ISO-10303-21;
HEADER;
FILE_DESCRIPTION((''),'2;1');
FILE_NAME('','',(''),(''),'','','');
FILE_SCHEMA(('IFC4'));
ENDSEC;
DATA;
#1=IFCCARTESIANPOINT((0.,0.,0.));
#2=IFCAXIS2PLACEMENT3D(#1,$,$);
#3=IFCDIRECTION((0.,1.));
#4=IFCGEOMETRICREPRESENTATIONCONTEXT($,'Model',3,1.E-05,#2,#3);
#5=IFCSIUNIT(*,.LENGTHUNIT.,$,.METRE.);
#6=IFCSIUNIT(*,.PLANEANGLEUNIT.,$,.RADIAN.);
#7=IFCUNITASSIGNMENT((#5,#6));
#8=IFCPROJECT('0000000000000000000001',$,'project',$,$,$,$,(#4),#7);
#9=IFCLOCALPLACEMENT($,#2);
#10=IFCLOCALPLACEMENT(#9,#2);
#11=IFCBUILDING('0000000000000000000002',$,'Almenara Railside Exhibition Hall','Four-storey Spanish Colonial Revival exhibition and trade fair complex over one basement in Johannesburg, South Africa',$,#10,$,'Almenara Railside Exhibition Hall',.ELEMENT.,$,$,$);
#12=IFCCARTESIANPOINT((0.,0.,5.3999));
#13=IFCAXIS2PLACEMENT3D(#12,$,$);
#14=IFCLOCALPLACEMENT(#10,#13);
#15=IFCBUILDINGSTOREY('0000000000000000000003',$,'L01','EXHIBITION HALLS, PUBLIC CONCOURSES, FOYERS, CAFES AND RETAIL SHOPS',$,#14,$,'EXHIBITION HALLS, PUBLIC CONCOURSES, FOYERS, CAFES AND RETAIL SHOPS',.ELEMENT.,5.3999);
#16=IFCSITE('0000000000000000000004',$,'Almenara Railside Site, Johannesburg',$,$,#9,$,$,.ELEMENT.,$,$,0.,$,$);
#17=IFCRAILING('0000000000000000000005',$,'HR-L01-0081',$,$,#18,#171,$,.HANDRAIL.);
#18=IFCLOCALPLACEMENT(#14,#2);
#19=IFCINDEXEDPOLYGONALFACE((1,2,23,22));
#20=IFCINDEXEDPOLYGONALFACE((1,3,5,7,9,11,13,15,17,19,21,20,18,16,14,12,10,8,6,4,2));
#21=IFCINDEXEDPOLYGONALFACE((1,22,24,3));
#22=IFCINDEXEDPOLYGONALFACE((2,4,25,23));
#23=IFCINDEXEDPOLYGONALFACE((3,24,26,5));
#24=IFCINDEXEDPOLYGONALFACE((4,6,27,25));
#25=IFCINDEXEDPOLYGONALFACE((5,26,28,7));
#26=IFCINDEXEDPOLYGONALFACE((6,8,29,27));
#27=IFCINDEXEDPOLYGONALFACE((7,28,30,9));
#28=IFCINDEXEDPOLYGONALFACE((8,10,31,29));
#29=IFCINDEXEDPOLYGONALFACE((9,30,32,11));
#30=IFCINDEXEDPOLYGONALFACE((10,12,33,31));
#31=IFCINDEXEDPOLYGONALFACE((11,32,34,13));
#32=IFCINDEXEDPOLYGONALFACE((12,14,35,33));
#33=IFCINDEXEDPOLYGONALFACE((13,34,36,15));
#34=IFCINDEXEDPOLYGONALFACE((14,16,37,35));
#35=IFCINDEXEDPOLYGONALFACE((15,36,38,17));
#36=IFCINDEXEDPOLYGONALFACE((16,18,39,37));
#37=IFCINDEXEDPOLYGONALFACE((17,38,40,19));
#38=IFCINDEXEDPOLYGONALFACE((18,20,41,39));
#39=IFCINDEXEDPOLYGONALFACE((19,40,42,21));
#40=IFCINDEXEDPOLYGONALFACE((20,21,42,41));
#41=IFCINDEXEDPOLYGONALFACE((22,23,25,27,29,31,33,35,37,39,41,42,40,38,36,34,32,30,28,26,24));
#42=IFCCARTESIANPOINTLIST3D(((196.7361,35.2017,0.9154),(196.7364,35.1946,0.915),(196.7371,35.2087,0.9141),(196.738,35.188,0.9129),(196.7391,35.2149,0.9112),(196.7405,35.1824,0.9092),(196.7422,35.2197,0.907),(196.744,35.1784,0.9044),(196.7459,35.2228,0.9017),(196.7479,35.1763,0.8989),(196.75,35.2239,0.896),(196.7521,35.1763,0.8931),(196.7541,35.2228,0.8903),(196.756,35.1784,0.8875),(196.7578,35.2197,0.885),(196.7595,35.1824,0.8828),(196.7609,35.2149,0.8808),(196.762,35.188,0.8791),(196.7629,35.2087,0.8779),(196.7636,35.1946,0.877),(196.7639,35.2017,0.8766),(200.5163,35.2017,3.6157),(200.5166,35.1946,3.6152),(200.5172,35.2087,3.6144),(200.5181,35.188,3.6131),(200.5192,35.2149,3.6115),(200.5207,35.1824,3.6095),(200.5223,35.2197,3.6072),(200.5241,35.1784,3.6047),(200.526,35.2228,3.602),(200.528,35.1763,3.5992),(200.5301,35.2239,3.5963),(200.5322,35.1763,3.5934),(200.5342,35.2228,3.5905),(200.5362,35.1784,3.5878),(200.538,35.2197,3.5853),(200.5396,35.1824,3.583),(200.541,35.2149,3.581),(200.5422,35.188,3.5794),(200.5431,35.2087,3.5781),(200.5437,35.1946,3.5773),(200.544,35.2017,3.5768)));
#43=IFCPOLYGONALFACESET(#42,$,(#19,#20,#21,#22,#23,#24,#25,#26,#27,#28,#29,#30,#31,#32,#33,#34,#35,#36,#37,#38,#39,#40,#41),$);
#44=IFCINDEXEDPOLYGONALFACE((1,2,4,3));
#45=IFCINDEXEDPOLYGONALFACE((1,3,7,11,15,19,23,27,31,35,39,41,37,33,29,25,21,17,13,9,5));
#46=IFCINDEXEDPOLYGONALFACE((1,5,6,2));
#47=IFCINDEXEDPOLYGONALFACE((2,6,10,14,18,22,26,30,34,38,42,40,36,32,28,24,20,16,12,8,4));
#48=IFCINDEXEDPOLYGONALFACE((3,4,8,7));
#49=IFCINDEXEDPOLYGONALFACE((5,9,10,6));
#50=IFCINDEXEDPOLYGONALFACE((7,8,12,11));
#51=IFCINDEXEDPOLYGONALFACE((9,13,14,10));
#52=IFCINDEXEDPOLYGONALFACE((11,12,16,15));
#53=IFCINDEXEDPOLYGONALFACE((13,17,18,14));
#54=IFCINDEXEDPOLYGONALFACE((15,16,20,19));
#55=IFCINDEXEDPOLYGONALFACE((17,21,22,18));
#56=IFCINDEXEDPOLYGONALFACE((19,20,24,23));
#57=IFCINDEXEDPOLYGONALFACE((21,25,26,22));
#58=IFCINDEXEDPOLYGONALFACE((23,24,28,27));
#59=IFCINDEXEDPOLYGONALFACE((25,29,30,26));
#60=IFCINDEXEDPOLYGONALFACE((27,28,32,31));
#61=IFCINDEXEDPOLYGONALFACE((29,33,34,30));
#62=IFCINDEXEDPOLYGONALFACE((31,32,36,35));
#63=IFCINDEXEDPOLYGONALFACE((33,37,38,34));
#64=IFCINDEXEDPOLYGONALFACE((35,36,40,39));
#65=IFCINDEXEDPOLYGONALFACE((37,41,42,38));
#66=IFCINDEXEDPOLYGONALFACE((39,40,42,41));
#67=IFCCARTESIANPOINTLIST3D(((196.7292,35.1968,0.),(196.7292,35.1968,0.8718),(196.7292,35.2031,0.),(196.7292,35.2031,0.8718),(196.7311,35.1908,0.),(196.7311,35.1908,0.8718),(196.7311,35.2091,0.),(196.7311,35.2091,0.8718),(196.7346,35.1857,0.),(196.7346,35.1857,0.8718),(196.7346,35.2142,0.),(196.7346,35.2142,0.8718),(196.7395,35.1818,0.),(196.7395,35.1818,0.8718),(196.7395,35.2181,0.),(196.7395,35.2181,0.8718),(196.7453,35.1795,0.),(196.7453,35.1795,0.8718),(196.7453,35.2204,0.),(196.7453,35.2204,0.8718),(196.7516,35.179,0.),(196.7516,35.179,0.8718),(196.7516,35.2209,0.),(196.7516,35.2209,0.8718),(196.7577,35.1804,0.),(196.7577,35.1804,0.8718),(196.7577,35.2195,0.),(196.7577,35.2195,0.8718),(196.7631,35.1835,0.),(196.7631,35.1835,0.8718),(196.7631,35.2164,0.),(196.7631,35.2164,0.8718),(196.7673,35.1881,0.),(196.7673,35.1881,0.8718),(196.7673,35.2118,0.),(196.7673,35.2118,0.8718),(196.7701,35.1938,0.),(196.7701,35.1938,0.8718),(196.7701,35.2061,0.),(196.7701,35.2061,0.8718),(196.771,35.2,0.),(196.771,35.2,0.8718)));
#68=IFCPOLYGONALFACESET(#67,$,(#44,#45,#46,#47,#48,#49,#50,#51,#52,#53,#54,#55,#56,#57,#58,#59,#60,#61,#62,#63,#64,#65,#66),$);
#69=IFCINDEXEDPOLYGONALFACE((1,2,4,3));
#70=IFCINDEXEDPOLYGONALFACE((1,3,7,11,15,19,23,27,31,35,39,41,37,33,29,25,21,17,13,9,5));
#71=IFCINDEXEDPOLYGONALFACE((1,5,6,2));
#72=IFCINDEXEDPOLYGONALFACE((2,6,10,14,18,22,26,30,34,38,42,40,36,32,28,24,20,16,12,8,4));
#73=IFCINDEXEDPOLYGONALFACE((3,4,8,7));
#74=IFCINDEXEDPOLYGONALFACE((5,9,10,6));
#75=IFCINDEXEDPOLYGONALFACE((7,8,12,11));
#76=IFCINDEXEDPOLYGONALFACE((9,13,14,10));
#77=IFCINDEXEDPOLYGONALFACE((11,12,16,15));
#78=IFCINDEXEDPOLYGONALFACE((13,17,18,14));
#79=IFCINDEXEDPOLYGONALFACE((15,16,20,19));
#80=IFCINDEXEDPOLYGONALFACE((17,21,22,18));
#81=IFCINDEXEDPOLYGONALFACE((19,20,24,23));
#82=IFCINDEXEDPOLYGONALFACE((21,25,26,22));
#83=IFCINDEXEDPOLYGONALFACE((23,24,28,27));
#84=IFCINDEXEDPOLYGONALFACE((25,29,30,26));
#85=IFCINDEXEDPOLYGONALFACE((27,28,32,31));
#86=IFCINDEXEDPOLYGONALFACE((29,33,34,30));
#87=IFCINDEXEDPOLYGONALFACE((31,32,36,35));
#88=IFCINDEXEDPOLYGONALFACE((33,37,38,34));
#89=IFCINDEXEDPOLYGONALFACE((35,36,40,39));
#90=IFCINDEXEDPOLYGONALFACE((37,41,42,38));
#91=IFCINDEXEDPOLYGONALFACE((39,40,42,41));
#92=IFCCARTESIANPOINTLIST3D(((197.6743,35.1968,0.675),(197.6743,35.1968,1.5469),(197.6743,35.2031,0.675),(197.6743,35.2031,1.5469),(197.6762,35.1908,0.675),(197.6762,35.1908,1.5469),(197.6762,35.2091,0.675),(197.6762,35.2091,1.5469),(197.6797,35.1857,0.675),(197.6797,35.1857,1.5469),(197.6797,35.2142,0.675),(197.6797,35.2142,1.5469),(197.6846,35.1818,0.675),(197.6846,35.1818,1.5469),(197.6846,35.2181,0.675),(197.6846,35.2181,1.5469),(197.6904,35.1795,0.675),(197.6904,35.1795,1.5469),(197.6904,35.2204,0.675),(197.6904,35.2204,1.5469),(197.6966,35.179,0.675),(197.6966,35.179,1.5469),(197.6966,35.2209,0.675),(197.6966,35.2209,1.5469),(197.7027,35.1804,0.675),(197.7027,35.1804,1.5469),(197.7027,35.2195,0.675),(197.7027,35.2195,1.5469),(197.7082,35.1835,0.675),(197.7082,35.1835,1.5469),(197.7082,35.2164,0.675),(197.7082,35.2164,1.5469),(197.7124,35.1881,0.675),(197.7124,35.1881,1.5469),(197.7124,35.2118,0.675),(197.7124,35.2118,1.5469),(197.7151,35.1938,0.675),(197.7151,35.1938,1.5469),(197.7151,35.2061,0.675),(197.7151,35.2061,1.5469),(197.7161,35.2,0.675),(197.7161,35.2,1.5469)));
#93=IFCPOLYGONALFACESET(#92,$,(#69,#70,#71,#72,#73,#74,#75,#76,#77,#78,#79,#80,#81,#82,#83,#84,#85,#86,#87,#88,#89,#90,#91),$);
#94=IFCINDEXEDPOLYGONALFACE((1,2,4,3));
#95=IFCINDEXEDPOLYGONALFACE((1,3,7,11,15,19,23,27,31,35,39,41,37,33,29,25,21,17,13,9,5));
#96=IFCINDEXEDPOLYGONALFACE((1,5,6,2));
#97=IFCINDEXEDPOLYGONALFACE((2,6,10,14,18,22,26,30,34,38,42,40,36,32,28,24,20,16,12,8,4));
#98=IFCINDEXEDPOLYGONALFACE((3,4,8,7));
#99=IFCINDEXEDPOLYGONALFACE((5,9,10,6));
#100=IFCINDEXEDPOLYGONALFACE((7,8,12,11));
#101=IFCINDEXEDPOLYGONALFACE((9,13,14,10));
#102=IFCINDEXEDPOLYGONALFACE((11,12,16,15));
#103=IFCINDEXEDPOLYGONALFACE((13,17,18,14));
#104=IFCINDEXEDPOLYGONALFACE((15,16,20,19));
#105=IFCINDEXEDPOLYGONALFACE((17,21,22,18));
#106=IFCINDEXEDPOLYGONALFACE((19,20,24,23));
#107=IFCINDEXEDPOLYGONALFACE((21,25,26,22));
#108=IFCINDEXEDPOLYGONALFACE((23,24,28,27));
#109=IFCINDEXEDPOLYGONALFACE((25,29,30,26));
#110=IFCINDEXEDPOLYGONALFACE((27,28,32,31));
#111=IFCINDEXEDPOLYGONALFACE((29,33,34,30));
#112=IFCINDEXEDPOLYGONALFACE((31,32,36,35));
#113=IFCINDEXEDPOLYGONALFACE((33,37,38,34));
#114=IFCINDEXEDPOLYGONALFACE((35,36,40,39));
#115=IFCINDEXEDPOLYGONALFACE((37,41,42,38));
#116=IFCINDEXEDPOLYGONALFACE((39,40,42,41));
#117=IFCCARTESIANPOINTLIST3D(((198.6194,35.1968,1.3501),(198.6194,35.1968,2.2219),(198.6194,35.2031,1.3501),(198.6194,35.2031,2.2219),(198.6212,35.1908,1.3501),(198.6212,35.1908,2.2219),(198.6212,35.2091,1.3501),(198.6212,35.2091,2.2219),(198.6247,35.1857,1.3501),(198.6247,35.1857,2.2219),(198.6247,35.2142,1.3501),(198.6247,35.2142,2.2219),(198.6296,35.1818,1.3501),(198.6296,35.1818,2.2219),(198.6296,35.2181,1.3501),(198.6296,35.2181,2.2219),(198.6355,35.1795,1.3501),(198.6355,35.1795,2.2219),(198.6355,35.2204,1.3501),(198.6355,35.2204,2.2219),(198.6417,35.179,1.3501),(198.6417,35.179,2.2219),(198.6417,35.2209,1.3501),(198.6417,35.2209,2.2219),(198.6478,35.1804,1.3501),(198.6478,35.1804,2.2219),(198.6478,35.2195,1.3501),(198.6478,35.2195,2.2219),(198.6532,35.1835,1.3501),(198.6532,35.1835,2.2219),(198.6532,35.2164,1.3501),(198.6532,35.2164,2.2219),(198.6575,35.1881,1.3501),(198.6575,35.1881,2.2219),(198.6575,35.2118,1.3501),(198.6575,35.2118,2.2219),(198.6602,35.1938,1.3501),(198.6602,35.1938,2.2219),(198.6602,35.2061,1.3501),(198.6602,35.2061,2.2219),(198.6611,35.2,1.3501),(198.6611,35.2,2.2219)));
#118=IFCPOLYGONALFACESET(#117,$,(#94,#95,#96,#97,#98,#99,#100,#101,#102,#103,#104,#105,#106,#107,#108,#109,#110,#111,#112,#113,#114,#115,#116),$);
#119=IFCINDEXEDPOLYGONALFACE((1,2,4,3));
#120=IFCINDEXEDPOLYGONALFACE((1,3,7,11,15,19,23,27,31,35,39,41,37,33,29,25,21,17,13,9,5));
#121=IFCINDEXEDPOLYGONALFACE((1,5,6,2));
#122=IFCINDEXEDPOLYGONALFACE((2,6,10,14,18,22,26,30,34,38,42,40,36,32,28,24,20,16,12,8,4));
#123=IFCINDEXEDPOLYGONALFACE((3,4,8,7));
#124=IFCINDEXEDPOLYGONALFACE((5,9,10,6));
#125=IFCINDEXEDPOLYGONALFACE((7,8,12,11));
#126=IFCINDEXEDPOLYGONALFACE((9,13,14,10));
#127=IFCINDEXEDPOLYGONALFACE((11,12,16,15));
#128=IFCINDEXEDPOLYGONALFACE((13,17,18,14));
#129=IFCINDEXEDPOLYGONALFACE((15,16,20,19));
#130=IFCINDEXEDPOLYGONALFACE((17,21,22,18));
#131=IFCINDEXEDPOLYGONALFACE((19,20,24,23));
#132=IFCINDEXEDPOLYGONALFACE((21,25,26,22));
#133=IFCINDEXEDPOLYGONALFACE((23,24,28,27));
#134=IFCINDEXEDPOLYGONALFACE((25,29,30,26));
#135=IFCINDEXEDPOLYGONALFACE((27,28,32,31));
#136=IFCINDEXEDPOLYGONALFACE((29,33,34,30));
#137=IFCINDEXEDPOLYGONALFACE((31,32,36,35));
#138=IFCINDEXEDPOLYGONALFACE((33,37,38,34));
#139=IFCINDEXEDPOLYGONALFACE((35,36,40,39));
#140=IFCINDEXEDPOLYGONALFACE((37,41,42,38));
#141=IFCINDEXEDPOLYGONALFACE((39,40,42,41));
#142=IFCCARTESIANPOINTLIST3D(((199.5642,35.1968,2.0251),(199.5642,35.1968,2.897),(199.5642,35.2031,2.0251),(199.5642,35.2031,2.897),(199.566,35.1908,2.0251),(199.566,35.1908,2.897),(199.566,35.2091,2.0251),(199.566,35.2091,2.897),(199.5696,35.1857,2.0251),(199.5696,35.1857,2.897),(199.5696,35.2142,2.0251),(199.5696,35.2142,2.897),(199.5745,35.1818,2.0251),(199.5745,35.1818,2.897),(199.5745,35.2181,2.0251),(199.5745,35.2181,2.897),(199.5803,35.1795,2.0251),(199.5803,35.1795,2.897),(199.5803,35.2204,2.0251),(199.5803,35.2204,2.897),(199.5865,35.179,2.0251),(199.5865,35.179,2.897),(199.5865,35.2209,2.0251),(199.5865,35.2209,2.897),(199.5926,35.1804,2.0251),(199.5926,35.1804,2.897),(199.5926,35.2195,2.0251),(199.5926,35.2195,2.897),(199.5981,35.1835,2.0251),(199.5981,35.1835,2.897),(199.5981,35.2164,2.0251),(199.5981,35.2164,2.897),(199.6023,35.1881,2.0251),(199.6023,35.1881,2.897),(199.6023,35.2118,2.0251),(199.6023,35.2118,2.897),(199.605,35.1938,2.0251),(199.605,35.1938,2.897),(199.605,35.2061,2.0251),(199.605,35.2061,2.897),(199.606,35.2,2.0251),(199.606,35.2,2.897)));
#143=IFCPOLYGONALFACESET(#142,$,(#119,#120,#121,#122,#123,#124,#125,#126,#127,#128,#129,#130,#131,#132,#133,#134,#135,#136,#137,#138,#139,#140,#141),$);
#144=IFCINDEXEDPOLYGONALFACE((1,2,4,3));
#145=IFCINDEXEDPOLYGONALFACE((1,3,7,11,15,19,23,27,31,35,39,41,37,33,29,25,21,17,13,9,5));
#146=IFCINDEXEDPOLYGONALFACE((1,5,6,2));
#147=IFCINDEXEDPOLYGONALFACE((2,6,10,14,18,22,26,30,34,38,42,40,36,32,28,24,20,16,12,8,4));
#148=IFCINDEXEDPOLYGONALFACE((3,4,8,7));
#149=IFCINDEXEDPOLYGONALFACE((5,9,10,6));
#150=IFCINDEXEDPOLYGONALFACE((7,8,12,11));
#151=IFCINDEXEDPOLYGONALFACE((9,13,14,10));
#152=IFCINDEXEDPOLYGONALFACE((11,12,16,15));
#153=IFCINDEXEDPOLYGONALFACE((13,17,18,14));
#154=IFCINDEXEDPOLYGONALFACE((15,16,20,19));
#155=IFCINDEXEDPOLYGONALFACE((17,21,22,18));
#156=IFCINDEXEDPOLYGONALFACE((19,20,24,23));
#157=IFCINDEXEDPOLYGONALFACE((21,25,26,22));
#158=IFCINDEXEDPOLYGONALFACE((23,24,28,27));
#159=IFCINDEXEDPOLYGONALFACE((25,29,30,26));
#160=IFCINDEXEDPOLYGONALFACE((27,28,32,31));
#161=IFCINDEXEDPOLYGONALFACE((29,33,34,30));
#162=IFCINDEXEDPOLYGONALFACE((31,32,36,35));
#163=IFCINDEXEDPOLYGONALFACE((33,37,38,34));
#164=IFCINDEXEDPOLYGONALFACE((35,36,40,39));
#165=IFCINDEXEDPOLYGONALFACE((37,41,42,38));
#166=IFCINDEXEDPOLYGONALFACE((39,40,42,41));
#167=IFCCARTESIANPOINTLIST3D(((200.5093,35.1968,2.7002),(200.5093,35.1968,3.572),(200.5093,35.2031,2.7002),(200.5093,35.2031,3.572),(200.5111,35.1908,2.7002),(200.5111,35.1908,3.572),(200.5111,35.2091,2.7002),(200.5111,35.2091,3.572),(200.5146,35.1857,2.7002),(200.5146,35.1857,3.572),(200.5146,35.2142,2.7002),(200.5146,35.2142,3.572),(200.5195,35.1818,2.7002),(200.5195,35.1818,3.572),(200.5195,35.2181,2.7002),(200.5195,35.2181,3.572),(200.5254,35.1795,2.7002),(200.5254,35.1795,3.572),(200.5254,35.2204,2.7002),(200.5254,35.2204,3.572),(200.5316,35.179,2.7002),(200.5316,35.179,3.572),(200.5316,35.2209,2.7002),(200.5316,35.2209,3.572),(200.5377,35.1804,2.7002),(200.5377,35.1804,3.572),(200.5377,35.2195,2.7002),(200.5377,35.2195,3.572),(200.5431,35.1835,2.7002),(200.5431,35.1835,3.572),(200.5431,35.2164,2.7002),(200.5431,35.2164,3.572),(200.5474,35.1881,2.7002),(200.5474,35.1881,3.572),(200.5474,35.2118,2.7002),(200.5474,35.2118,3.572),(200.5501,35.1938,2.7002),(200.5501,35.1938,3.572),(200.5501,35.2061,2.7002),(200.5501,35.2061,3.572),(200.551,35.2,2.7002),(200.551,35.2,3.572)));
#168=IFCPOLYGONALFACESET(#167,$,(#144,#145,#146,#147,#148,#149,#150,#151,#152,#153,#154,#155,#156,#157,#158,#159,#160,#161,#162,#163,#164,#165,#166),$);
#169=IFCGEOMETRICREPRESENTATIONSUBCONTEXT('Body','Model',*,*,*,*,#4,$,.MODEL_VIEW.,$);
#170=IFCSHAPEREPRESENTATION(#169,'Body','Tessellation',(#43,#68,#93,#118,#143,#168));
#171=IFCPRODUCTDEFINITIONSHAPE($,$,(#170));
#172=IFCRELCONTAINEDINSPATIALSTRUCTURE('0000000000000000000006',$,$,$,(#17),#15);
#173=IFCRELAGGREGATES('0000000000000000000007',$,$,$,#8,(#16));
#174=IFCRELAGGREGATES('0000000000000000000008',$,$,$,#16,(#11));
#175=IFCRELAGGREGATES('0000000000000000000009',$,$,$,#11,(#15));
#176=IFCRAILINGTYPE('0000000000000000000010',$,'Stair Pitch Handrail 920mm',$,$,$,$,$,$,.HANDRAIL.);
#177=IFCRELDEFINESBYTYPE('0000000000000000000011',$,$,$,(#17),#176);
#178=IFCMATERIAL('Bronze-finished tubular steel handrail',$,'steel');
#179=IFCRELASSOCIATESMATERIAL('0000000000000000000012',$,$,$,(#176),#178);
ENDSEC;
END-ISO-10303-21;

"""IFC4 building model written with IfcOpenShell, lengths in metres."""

from ifc_helpers import new_model, si_unit, direction, frame, origin, origin_2d, place, context, subcontext, project, spatial, circle, extrude, material, type_object, element, save


model = new_model("IFC4")

# Units and contexts
model_context = context("Model", 3, precision=1e-05, world=origin(), true_north=direction((0.0, 1.0)))
body_context = subcontext(model_context, "Body", "Model", "MODEL_VIEW")
ifc_project = project(units=[si_unit("LENGTHUNIT", "METRE"), si_unit("PLANEANGLEUNIT", "RADIAN")], contexts=[model_context])

# Site, building, storey
site_placement = place(None, origin())
site = spatial("IfcSite", under=ifc_project, at=site_placement, Name="Almenara Railside Site, Johannesburg", CompositionType="ELEMENT", RefElevation=0.0)
building_placement = place(site_placement, origin())
building = spatial("IfcBuilding", under=site, at=building_placement, Name="Almenara Railside Exhibition Hall", Description="Four-storey Spanish Colonial Revival exhibition and trade fair complex over one basement in Johannesburg, South Africa", LongName="Almenara Railside Exhibition Hall", CompositionType="ELEMENT")
storey_placement = place(building_placement, frame((0.0, 0.0, 5.3999)))
storey = spatial("IfcBuildingStorey", under=building, at=storey_placement, Name="L01", Description="EXHIBITION HALLS, PUBLIC CONCOURSES, FOYERS, CAFES AND RETAIL SHOPS", LongName="EXHIBITION HALLS, PUBLIC CONCOURSES, FOYERS, CAFES AND RETAIL SHOPS", CompositionType="ELEMENT", Elevation=5.3999)

# Railing
ifc_material_1 = material(Name="Bronze-finished tubular steel handrail", Category="steel")
railing_type_1 = type_object("IfcRailingType", Name="Stair Pitch Handrail 920mm", PredefinedType="HANDRAIL", material=ifc_material_1)
railing_1_placement = place(storey_placement, frame((196.75, 35.2, 0.0)))
element("IfcRailing", 1, at=railing_1_placement, inside=storey, type_object=railing_type_1, Name="HR-L01-0081", PredefinedType="HANDRAIL", context=body_context, shape_type="SweptSolid", body=[
    extrude(circle(Radius=0.0239, at=origin_2d()), frame((0.0, 0.0, 0.896), z_axis=(0.813716, 0.0, 0.581263), x_axis=(0.0, 1.0, 0.0)), (0.0, 0.0, 1.0), 4.6455),
    extrude(circle(Radius=0.021, at=origin_2d()), origin(), (0.0, 0.0, 1.0), 0.8718),
    extrude(circle(Radius=0.021, at=origin_2d()), frame((0.9451, 0.0, 0.675)), (0.0, 0.0, 1.0), 0.8718),
    extrude(circle(Radius=0.021, at=origin_2d()), frame((1.8901, 0.0, 1.3501)), (0.0, 0.0, 1.0), 0.8718),
    extrude(circle(Radius=0.021, at=origin_2d()), frame((2.835, 0.0, 2.0251)), (0.0, 0.0, 1.0), 0.8718),
    extrude(circle(Radius=0.021, at=origin_2d()), frame((3.78, 0.0, 2.7002)), (0.0, 0.0, 1.0), 0.8718),
])

save(model, "model.ifc")
